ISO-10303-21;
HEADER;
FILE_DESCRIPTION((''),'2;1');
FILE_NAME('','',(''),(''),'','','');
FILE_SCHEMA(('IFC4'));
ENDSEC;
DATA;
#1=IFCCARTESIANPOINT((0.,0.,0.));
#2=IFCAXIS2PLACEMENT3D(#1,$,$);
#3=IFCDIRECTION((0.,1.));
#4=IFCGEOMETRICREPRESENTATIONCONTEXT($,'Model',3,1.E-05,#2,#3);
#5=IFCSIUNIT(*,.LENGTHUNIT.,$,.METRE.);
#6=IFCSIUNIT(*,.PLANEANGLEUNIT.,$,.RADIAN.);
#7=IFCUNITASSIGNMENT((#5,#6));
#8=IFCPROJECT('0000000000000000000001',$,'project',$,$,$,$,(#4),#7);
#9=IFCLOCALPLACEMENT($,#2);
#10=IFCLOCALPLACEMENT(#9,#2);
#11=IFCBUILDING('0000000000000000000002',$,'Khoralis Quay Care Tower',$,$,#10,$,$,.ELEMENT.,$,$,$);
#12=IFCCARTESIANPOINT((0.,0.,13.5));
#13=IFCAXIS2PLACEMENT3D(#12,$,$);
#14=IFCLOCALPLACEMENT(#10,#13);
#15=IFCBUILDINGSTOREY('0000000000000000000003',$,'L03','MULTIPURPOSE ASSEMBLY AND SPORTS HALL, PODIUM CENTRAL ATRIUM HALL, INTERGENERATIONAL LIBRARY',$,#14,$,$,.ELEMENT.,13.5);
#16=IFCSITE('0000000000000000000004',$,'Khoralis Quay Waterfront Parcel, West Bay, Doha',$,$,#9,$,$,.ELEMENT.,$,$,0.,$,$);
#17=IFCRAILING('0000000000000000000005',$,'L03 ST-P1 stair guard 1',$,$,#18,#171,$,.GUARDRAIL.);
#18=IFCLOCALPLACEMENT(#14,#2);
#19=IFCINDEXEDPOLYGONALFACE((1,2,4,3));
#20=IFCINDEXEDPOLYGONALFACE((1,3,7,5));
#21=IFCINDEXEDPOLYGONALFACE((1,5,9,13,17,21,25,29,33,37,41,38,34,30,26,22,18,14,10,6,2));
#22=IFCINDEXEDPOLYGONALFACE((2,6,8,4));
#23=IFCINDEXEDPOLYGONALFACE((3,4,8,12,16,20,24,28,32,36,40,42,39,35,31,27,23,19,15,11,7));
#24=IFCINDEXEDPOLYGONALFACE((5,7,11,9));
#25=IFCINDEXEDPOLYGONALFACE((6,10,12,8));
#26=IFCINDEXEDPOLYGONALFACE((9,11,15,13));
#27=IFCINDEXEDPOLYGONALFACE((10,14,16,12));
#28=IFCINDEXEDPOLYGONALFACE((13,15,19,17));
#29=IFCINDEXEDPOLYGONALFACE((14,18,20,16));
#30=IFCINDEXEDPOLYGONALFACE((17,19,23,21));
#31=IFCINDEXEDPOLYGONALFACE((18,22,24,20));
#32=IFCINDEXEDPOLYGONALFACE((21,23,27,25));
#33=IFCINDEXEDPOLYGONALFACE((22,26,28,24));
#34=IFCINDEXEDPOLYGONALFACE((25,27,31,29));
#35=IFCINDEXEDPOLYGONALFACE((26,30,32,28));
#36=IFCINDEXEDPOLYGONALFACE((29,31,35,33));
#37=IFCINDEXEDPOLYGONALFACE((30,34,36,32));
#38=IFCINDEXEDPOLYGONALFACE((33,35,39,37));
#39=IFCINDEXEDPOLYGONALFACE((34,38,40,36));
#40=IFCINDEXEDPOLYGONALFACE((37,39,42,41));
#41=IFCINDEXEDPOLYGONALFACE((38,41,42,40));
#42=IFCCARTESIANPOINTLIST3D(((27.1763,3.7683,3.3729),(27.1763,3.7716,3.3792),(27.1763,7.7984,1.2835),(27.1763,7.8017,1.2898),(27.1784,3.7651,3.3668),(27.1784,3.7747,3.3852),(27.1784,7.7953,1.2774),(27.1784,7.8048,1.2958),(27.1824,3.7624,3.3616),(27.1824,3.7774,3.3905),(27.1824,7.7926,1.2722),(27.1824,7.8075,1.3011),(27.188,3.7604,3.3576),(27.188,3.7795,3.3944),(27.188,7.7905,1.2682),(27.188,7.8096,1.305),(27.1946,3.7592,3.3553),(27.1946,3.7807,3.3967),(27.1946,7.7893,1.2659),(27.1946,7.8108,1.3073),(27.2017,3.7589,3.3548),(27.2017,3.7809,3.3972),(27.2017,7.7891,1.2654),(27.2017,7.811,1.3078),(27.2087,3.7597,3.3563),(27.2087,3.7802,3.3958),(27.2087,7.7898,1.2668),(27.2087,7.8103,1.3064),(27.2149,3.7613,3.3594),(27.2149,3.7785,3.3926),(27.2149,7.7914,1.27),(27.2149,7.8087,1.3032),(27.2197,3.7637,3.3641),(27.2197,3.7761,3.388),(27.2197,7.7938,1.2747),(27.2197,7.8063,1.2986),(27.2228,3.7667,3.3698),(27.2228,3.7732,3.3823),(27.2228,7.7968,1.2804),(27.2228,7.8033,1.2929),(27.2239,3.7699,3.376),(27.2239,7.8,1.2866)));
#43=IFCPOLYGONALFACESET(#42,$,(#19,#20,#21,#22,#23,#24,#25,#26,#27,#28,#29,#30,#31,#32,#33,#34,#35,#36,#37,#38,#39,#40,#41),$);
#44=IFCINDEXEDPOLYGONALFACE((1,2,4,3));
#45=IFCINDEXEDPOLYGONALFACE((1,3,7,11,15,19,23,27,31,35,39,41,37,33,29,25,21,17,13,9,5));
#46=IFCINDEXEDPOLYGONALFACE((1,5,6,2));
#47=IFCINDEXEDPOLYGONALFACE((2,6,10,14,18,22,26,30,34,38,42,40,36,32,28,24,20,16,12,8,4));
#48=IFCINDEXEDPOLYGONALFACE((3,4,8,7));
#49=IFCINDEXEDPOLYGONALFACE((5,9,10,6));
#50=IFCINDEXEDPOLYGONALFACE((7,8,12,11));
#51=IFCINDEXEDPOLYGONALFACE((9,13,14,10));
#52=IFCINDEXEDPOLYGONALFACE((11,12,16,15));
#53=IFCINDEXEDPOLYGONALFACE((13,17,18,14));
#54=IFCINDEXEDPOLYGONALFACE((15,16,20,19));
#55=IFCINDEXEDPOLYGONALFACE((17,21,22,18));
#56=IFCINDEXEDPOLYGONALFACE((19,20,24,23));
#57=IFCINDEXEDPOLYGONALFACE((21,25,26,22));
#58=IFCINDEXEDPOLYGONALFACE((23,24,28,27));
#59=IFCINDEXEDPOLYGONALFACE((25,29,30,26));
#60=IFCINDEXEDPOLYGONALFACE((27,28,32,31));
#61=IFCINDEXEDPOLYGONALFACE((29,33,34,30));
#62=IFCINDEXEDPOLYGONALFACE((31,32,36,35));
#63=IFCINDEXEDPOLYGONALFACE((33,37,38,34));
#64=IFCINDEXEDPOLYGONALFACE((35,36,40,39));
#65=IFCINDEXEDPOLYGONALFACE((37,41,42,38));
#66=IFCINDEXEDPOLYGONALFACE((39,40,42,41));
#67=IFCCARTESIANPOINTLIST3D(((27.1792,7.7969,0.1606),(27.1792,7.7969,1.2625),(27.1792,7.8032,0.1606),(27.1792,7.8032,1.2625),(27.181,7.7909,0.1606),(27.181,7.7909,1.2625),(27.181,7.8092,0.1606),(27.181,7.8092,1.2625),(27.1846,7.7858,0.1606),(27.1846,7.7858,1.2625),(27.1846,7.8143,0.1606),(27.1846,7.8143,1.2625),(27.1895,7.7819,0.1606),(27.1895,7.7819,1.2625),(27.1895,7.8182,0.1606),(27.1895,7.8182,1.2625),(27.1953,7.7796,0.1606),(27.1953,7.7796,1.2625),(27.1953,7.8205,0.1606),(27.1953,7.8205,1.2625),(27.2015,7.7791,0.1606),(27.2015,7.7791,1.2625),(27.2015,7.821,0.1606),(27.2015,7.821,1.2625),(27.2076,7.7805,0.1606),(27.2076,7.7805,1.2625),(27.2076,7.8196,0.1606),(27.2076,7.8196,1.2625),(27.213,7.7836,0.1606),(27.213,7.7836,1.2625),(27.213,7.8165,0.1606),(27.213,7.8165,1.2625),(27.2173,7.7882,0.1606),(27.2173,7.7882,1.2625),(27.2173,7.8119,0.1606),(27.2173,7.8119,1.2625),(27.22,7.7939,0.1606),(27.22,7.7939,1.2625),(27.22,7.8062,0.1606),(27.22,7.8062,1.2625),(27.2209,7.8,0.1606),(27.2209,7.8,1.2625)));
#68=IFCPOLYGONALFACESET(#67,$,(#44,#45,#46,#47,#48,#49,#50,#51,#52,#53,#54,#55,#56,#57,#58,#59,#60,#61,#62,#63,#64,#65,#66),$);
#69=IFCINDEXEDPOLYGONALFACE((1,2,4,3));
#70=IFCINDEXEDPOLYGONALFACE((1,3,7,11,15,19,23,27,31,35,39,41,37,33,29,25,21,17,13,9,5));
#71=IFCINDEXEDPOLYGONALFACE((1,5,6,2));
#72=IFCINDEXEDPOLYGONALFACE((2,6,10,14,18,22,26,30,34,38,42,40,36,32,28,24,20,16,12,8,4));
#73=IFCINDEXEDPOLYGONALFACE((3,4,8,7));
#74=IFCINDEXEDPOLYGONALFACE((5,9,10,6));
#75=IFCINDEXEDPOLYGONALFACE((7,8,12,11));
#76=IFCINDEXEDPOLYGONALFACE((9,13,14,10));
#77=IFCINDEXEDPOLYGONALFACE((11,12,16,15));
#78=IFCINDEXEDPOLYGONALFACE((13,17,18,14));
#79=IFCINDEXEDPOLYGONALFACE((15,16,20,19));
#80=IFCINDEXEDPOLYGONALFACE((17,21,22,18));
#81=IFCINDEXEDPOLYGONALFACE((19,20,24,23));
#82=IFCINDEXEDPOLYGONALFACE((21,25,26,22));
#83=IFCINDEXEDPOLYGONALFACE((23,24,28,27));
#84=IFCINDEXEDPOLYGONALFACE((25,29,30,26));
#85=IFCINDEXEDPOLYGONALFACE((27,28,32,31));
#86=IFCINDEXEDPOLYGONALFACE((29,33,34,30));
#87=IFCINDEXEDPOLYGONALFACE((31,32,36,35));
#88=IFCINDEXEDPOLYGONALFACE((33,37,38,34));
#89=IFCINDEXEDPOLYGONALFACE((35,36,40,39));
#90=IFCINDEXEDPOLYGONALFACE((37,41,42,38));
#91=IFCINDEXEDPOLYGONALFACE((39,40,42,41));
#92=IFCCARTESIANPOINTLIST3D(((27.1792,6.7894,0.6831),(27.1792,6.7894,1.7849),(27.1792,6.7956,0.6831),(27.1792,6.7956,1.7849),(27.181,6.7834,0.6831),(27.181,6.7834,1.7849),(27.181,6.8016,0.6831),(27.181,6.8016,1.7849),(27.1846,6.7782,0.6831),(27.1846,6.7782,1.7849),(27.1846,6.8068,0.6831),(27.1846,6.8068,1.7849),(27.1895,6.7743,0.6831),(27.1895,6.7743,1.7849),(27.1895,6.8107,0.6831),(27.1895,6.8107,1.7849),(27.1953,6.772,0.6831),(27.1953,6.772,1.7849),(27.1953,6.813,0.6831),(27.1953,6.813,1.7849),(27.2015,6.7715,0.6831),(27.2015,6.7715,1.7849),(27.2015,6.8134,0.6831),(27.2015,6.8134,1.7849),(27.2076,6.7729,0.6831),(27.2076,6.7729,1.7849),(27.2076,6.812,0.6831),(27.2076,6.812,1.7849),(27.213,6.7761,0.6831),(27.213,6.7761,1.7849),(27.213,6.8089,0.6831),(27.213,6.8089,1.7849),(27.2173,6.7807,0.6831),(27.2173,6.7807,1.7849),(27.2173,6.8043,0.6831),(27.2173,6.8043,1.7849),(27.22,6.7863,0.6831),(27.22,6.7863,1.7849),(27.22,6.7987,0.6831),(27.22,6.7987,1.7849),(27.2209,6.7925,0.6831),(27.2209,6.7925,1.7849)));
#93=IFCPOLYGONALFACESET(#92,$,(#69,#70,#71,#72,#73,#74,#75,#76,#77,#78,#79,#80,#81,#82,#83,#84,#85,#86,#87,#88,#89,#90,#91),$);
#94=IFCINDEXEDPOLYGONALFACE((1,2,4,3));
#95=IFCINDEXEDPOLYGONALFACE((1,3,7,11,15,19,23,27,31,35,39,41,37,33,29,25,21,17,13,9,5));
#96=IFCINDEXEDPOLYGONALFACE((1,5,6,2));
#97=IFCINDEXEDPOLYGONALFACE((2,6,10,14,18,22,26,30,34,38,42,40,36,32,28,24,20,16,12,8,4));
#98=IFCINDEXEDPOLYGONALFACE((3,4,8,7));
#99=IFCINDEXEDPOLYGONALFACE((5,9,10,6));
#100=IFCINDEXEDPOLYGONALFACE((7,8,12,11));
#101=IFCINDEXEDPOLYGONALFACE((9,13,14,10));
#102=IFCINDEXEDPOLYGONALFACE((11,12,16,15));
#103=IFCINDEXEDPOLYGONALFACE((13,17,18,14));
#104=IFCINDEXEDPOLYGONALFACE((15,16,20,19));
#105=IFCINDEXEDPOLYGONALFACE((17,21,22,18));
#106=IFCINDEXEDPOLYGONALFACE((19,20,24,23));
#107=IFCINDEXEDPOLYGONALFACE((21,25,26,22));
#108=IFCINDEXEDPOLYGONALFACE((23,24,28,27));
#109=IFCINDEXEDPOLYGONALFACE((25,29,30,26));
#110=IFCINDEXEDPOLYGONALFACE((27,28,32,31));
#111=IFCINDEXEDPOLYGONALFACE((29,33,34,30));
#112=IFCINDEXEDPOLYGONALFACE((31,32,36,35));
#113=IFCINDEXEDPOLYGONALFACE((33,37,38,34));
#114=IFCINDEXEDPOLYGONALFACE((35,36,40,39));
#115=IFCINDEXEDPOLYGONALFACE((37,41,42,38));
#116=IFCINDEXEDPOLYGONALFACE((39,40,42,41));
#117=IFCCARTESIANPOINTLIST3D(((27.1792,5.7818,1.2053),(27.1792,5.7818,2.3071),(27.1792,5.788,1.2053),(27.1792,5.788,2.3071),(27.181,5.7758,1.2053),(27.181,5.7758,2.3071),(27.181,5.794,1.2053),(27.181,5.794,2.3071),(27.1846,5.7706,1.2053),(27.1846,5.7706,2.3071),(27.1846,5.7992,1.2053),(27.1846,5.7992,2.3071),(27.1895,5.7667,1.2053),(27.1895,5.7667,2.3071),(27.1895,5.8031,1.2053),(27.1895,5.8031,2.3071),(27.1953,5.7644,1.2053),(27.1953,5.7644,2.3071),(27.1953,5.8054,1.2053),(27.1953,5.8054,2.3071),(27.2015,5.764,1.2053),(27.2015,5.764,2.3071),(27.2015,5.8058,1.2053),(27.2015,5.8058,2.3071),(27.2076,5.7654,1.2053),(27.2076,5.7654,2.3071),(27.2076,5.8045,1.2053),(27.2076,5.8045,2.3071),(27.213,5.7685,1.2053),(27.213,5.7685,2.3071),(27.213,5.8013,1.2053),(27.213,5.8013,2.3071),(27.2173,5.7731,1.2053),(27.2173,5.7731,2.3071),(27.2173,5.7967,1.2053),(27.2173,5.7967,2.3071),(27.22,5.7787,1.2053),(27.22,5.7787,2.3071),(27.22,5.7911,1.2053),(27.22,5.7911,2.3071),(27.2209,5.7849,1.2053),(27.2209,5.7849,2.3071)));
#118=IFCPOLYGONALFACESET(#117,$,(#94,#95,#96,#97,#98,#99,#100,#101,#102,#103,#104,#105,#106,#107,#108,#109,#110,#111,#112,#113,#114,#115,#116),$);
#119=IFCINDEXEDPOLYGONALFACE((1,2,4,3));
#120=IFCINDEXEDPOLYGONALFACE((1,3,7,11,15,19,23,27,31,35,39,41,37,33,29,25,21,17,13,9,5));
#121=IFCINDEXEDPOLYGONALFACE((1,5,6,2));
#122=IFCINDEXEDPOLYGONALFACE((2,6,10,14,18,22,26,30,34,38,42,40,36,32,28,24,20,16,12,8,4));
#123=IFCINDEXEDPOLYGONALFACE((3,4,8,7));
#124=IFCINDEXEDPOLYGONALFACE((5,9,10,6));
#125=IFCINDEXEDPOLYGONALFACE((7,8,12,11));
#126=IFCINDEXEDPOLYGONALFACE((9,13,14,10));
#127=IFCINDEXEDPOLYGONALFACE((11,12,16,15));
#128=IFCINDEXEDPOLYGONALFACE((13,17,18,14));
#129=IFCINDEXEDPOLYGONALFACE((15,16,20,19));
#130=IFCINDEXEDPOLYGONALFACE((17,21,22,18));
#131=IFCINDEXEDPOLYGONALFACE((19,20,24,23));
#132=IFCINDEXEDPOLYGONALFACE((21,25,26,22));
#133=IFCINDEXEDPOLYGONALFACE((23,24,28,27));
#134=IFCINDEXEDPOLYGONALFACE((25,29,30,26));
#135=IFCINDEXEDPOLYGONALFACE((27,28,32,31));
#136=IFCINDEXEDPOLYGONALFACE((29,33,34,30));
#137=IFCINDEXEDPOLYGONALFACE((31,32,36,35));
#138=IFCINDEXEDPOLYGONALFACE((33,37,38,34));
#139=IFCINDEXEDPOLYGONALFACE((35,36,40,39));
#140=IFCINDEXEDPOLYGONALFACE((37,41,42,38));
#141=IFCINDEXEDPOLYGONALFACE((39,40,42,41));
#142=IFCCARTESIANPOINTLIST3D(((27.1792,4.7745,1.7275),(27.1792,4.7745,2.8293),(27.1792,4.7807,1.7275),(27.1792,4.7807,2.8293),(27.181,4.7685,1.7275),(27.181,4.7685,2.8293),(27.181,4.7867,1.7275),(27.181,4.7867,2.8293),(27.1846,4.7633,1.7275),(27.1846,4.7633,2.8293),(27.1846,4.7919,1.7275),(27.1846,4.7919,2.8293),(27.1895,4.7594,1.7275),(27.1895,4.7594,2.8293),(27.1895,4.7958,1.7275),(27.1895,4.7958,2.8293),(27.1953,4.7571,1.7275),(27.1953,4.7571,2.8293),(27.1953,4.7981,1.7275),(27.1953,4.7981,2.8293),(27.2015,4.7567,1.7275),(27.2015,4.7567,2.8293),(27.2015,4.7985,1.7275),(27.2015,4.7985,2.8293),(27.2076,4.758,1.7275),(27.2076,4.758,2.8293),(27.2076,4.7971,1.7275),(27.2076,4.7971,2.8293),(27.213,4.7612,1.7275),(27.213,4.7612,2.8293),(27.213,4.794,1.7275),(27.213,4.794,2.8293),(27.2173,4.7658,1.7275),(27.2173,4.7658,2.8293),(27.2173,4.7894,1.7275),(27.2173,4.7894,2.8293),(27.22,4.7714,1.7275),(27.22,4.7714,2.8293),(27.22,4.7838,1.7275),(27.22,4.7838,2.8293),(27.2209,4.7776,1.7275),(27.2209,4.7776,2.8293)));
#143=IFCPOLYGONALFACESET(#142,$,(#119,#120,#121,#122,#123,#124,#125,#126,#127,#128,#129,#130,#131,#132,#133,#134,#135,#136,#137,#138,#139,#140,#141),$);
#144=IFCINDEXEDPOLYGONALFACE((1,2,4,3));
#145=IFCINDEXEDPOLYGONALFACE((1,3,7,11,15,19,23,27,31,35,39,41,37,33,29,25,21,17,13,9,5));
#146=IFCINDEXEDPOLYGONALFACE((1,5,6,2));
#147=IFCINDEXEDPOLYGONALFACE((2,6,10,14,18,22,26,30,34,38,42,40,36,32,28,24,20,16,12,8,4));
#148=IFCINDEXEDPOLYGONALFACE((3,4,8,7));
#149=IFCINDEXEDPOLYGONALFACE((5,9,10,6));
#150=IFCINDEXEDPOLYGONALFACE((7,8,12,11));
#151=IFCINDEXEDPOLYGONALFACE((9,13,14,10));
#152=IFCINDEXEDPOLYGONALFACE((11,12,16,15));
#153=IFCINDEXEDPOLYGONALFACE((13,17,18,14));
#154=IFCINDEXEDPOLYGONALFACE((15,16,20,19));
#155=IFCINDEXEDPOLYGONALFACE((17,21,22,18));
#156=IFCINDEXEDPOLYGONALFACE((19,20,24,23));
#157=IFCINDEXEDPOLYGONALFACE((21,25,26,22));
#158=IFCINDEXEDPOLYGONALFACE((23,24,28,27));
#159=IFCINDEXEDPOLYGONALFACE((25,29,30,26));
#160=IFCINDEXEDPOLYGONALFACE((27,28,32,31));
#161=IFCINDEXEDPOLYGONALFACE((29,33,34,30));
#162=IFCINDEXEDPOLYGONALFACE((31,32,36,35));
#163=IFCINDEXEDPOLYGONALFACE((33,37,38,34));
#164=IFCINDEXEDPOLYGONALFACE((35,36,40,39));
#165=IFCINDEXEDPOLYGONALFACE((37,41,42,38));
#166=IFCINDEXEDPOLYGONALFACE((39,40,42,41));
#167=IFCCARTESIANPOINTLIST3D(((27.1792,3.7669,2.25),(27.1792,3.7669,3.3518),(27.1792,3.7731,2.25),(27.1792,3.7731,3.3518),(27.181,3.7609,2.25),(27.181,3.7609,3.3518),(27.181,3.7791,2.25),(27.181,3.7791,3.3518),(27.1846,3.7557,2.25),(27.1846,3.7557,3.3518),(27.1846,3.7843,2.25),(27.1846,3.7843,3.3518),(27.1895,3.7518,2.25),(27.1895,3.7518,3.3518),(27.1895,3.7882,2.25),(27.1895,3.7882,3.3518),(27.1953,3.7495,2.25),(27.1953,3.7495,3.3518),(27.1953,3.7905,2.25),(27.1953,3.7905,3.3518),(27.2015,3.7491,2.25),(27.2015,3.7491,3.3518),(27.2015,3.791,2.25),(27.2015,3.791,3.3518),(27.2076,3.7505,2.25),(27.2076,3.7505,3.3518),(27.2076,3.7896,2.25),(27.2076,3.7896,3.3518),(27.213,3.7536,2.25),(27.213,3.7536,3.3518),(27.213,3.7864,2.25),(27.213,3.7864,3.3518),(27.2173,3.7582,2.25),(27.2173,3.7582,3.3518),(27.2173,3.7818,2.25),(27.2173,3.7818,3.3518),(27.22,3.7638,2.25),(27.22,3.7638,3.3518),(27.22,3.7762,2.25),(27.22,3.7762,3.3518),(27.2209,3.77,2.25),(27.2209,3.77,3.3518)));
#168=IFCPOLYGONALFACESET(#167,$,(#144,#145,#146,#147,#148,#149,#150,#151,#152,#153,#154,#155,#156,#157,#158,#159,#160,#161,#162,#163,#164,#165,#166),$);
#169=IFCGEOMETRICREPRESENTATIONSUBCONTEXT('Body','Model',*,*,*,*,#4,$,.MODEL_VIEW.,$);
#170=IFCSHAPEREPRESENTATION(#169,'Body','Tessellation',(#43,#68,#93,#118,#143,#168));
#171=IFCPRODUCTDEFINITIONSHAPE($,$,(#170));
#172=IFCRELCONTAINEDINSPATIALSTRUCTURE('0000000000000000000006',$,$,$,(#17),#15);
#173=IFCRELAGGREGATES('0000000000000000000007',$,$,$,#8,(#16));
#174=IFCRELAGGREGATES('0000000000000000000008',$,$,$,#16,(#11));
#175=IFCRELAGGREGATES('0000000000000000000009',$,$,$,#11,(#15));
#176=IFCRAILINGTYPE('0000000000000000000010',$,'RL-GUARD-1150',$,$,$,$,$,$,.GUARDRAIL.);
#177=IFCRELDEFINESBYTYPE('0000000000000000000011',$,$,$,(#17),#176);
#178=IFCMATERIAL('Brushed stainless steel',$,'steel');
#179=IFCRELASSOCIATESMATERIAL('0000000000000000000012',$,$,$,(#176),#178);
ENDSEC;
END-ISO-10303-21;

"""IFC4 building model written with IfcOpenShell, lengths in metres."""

from ifc_helpers import new_model, si_unit, direction, frame, origin, origin_2d, place, context, subcontext, project, spatial, circle, extrude, material, type_object, element, save


model = new_model("IFC4")

# Units and contexts
model_context = context("Model", 3, precision=1e-05, world=origin(), true_north=direction((0.0, 1.0)))
body_context = subcontext(model_context, "Body", "Model", "MODEL_VIEW")
ifc_project = project(units=[si_unit("LENGTHUNIT", "METRE"), si_unit("PLANEANGLEUNIT", "RADIAN")], contexts=[model_context])

# Site, building, storey
site_placement = place(None, origin())
site = spatial("IfcSite", under=ifc_project, at=site_placement, Name="Khoralis Quay Waterfront Parcel, West Bay, Doha", CompositionType="ELEMENT", RefElevation=0.0)
building_placement = place(site_placement, origin())
building = spatial("IfcBuilding", under=site, at=building_placement, Name="Khoralis Quay Care Tower", CompositionType="ELEMENT")
storey_placement = place(building_placement, frame((0.0, 0.0, 13.5)))
storey = spatial("IfcBuildingStorey", under=building, at=storey_placement, Name="L03", Description="MULTIPURPOSE ASSEMBLY AND SPORTS HALL, PODIUM CENTRAL ATRIUM HALL, INTERGENERATIONAL LIBRARY", CompositionType="ELEMENT", Elevation=13.5)

# Railing
ifc_material_1 = material(Name="Brushed stainless steel", Category="steel")
railing_type_1 = type_object("IfcRailingType", Name="RL-GUARD-1150", PredefinedType="GUARDRAIL", material=ifc_material_1)
railing_1_placement = place(storey_placement, frame((27.2, 7.8, 0.1606)))
element("IfcRailing", 1, at=railing_1_placement, inside=storey, type_object=railing_type_1, Name="L03 ST-P1 stair guard 1", PredefinedType="GUARDRAIL", context=body_context, shape_type="SweptSolid", body=[
    extrude(circle(Radius=0.0239, at=origin_2d()), frame((0.0, 0.0, 1.126), z_axis=(0.0, -0.887781, 0.460267), x_axis=(1.0, 0.0, 0.0)), (0.0, 0.0, 1.0), 4.5396),
    extrude(circle(Radius=0.021, at=origin_2d()), origin(), (0.0, 0.0, 1.0), 1.1018),
    extrude(circle(Radius=0.021, at=origin_2d()), frame((0.0, -1.0076, 0.5225)), (0.0, 0.0, 1.0), 1.1018),
    extrude(circle(Radius=0.021, at=origin_2d()), frame((0.0, -2.0151, 1.0447)), (0.0, 0.0, 1.0), 1.1018),
    extrude(circle(Radius=0.021, at=origin_2d()), frame((0.0, -3.0225, 1.5669)), (0.0, 0.0, 1.0), 1.1018),
    extrude(circle(Radius=0.021, at=origin_2d()), frame((0.0, -4.03, 2.0894)), (0.0, 0.0, 1.0), 1.1018),
])

save(model, "model.ifc")
